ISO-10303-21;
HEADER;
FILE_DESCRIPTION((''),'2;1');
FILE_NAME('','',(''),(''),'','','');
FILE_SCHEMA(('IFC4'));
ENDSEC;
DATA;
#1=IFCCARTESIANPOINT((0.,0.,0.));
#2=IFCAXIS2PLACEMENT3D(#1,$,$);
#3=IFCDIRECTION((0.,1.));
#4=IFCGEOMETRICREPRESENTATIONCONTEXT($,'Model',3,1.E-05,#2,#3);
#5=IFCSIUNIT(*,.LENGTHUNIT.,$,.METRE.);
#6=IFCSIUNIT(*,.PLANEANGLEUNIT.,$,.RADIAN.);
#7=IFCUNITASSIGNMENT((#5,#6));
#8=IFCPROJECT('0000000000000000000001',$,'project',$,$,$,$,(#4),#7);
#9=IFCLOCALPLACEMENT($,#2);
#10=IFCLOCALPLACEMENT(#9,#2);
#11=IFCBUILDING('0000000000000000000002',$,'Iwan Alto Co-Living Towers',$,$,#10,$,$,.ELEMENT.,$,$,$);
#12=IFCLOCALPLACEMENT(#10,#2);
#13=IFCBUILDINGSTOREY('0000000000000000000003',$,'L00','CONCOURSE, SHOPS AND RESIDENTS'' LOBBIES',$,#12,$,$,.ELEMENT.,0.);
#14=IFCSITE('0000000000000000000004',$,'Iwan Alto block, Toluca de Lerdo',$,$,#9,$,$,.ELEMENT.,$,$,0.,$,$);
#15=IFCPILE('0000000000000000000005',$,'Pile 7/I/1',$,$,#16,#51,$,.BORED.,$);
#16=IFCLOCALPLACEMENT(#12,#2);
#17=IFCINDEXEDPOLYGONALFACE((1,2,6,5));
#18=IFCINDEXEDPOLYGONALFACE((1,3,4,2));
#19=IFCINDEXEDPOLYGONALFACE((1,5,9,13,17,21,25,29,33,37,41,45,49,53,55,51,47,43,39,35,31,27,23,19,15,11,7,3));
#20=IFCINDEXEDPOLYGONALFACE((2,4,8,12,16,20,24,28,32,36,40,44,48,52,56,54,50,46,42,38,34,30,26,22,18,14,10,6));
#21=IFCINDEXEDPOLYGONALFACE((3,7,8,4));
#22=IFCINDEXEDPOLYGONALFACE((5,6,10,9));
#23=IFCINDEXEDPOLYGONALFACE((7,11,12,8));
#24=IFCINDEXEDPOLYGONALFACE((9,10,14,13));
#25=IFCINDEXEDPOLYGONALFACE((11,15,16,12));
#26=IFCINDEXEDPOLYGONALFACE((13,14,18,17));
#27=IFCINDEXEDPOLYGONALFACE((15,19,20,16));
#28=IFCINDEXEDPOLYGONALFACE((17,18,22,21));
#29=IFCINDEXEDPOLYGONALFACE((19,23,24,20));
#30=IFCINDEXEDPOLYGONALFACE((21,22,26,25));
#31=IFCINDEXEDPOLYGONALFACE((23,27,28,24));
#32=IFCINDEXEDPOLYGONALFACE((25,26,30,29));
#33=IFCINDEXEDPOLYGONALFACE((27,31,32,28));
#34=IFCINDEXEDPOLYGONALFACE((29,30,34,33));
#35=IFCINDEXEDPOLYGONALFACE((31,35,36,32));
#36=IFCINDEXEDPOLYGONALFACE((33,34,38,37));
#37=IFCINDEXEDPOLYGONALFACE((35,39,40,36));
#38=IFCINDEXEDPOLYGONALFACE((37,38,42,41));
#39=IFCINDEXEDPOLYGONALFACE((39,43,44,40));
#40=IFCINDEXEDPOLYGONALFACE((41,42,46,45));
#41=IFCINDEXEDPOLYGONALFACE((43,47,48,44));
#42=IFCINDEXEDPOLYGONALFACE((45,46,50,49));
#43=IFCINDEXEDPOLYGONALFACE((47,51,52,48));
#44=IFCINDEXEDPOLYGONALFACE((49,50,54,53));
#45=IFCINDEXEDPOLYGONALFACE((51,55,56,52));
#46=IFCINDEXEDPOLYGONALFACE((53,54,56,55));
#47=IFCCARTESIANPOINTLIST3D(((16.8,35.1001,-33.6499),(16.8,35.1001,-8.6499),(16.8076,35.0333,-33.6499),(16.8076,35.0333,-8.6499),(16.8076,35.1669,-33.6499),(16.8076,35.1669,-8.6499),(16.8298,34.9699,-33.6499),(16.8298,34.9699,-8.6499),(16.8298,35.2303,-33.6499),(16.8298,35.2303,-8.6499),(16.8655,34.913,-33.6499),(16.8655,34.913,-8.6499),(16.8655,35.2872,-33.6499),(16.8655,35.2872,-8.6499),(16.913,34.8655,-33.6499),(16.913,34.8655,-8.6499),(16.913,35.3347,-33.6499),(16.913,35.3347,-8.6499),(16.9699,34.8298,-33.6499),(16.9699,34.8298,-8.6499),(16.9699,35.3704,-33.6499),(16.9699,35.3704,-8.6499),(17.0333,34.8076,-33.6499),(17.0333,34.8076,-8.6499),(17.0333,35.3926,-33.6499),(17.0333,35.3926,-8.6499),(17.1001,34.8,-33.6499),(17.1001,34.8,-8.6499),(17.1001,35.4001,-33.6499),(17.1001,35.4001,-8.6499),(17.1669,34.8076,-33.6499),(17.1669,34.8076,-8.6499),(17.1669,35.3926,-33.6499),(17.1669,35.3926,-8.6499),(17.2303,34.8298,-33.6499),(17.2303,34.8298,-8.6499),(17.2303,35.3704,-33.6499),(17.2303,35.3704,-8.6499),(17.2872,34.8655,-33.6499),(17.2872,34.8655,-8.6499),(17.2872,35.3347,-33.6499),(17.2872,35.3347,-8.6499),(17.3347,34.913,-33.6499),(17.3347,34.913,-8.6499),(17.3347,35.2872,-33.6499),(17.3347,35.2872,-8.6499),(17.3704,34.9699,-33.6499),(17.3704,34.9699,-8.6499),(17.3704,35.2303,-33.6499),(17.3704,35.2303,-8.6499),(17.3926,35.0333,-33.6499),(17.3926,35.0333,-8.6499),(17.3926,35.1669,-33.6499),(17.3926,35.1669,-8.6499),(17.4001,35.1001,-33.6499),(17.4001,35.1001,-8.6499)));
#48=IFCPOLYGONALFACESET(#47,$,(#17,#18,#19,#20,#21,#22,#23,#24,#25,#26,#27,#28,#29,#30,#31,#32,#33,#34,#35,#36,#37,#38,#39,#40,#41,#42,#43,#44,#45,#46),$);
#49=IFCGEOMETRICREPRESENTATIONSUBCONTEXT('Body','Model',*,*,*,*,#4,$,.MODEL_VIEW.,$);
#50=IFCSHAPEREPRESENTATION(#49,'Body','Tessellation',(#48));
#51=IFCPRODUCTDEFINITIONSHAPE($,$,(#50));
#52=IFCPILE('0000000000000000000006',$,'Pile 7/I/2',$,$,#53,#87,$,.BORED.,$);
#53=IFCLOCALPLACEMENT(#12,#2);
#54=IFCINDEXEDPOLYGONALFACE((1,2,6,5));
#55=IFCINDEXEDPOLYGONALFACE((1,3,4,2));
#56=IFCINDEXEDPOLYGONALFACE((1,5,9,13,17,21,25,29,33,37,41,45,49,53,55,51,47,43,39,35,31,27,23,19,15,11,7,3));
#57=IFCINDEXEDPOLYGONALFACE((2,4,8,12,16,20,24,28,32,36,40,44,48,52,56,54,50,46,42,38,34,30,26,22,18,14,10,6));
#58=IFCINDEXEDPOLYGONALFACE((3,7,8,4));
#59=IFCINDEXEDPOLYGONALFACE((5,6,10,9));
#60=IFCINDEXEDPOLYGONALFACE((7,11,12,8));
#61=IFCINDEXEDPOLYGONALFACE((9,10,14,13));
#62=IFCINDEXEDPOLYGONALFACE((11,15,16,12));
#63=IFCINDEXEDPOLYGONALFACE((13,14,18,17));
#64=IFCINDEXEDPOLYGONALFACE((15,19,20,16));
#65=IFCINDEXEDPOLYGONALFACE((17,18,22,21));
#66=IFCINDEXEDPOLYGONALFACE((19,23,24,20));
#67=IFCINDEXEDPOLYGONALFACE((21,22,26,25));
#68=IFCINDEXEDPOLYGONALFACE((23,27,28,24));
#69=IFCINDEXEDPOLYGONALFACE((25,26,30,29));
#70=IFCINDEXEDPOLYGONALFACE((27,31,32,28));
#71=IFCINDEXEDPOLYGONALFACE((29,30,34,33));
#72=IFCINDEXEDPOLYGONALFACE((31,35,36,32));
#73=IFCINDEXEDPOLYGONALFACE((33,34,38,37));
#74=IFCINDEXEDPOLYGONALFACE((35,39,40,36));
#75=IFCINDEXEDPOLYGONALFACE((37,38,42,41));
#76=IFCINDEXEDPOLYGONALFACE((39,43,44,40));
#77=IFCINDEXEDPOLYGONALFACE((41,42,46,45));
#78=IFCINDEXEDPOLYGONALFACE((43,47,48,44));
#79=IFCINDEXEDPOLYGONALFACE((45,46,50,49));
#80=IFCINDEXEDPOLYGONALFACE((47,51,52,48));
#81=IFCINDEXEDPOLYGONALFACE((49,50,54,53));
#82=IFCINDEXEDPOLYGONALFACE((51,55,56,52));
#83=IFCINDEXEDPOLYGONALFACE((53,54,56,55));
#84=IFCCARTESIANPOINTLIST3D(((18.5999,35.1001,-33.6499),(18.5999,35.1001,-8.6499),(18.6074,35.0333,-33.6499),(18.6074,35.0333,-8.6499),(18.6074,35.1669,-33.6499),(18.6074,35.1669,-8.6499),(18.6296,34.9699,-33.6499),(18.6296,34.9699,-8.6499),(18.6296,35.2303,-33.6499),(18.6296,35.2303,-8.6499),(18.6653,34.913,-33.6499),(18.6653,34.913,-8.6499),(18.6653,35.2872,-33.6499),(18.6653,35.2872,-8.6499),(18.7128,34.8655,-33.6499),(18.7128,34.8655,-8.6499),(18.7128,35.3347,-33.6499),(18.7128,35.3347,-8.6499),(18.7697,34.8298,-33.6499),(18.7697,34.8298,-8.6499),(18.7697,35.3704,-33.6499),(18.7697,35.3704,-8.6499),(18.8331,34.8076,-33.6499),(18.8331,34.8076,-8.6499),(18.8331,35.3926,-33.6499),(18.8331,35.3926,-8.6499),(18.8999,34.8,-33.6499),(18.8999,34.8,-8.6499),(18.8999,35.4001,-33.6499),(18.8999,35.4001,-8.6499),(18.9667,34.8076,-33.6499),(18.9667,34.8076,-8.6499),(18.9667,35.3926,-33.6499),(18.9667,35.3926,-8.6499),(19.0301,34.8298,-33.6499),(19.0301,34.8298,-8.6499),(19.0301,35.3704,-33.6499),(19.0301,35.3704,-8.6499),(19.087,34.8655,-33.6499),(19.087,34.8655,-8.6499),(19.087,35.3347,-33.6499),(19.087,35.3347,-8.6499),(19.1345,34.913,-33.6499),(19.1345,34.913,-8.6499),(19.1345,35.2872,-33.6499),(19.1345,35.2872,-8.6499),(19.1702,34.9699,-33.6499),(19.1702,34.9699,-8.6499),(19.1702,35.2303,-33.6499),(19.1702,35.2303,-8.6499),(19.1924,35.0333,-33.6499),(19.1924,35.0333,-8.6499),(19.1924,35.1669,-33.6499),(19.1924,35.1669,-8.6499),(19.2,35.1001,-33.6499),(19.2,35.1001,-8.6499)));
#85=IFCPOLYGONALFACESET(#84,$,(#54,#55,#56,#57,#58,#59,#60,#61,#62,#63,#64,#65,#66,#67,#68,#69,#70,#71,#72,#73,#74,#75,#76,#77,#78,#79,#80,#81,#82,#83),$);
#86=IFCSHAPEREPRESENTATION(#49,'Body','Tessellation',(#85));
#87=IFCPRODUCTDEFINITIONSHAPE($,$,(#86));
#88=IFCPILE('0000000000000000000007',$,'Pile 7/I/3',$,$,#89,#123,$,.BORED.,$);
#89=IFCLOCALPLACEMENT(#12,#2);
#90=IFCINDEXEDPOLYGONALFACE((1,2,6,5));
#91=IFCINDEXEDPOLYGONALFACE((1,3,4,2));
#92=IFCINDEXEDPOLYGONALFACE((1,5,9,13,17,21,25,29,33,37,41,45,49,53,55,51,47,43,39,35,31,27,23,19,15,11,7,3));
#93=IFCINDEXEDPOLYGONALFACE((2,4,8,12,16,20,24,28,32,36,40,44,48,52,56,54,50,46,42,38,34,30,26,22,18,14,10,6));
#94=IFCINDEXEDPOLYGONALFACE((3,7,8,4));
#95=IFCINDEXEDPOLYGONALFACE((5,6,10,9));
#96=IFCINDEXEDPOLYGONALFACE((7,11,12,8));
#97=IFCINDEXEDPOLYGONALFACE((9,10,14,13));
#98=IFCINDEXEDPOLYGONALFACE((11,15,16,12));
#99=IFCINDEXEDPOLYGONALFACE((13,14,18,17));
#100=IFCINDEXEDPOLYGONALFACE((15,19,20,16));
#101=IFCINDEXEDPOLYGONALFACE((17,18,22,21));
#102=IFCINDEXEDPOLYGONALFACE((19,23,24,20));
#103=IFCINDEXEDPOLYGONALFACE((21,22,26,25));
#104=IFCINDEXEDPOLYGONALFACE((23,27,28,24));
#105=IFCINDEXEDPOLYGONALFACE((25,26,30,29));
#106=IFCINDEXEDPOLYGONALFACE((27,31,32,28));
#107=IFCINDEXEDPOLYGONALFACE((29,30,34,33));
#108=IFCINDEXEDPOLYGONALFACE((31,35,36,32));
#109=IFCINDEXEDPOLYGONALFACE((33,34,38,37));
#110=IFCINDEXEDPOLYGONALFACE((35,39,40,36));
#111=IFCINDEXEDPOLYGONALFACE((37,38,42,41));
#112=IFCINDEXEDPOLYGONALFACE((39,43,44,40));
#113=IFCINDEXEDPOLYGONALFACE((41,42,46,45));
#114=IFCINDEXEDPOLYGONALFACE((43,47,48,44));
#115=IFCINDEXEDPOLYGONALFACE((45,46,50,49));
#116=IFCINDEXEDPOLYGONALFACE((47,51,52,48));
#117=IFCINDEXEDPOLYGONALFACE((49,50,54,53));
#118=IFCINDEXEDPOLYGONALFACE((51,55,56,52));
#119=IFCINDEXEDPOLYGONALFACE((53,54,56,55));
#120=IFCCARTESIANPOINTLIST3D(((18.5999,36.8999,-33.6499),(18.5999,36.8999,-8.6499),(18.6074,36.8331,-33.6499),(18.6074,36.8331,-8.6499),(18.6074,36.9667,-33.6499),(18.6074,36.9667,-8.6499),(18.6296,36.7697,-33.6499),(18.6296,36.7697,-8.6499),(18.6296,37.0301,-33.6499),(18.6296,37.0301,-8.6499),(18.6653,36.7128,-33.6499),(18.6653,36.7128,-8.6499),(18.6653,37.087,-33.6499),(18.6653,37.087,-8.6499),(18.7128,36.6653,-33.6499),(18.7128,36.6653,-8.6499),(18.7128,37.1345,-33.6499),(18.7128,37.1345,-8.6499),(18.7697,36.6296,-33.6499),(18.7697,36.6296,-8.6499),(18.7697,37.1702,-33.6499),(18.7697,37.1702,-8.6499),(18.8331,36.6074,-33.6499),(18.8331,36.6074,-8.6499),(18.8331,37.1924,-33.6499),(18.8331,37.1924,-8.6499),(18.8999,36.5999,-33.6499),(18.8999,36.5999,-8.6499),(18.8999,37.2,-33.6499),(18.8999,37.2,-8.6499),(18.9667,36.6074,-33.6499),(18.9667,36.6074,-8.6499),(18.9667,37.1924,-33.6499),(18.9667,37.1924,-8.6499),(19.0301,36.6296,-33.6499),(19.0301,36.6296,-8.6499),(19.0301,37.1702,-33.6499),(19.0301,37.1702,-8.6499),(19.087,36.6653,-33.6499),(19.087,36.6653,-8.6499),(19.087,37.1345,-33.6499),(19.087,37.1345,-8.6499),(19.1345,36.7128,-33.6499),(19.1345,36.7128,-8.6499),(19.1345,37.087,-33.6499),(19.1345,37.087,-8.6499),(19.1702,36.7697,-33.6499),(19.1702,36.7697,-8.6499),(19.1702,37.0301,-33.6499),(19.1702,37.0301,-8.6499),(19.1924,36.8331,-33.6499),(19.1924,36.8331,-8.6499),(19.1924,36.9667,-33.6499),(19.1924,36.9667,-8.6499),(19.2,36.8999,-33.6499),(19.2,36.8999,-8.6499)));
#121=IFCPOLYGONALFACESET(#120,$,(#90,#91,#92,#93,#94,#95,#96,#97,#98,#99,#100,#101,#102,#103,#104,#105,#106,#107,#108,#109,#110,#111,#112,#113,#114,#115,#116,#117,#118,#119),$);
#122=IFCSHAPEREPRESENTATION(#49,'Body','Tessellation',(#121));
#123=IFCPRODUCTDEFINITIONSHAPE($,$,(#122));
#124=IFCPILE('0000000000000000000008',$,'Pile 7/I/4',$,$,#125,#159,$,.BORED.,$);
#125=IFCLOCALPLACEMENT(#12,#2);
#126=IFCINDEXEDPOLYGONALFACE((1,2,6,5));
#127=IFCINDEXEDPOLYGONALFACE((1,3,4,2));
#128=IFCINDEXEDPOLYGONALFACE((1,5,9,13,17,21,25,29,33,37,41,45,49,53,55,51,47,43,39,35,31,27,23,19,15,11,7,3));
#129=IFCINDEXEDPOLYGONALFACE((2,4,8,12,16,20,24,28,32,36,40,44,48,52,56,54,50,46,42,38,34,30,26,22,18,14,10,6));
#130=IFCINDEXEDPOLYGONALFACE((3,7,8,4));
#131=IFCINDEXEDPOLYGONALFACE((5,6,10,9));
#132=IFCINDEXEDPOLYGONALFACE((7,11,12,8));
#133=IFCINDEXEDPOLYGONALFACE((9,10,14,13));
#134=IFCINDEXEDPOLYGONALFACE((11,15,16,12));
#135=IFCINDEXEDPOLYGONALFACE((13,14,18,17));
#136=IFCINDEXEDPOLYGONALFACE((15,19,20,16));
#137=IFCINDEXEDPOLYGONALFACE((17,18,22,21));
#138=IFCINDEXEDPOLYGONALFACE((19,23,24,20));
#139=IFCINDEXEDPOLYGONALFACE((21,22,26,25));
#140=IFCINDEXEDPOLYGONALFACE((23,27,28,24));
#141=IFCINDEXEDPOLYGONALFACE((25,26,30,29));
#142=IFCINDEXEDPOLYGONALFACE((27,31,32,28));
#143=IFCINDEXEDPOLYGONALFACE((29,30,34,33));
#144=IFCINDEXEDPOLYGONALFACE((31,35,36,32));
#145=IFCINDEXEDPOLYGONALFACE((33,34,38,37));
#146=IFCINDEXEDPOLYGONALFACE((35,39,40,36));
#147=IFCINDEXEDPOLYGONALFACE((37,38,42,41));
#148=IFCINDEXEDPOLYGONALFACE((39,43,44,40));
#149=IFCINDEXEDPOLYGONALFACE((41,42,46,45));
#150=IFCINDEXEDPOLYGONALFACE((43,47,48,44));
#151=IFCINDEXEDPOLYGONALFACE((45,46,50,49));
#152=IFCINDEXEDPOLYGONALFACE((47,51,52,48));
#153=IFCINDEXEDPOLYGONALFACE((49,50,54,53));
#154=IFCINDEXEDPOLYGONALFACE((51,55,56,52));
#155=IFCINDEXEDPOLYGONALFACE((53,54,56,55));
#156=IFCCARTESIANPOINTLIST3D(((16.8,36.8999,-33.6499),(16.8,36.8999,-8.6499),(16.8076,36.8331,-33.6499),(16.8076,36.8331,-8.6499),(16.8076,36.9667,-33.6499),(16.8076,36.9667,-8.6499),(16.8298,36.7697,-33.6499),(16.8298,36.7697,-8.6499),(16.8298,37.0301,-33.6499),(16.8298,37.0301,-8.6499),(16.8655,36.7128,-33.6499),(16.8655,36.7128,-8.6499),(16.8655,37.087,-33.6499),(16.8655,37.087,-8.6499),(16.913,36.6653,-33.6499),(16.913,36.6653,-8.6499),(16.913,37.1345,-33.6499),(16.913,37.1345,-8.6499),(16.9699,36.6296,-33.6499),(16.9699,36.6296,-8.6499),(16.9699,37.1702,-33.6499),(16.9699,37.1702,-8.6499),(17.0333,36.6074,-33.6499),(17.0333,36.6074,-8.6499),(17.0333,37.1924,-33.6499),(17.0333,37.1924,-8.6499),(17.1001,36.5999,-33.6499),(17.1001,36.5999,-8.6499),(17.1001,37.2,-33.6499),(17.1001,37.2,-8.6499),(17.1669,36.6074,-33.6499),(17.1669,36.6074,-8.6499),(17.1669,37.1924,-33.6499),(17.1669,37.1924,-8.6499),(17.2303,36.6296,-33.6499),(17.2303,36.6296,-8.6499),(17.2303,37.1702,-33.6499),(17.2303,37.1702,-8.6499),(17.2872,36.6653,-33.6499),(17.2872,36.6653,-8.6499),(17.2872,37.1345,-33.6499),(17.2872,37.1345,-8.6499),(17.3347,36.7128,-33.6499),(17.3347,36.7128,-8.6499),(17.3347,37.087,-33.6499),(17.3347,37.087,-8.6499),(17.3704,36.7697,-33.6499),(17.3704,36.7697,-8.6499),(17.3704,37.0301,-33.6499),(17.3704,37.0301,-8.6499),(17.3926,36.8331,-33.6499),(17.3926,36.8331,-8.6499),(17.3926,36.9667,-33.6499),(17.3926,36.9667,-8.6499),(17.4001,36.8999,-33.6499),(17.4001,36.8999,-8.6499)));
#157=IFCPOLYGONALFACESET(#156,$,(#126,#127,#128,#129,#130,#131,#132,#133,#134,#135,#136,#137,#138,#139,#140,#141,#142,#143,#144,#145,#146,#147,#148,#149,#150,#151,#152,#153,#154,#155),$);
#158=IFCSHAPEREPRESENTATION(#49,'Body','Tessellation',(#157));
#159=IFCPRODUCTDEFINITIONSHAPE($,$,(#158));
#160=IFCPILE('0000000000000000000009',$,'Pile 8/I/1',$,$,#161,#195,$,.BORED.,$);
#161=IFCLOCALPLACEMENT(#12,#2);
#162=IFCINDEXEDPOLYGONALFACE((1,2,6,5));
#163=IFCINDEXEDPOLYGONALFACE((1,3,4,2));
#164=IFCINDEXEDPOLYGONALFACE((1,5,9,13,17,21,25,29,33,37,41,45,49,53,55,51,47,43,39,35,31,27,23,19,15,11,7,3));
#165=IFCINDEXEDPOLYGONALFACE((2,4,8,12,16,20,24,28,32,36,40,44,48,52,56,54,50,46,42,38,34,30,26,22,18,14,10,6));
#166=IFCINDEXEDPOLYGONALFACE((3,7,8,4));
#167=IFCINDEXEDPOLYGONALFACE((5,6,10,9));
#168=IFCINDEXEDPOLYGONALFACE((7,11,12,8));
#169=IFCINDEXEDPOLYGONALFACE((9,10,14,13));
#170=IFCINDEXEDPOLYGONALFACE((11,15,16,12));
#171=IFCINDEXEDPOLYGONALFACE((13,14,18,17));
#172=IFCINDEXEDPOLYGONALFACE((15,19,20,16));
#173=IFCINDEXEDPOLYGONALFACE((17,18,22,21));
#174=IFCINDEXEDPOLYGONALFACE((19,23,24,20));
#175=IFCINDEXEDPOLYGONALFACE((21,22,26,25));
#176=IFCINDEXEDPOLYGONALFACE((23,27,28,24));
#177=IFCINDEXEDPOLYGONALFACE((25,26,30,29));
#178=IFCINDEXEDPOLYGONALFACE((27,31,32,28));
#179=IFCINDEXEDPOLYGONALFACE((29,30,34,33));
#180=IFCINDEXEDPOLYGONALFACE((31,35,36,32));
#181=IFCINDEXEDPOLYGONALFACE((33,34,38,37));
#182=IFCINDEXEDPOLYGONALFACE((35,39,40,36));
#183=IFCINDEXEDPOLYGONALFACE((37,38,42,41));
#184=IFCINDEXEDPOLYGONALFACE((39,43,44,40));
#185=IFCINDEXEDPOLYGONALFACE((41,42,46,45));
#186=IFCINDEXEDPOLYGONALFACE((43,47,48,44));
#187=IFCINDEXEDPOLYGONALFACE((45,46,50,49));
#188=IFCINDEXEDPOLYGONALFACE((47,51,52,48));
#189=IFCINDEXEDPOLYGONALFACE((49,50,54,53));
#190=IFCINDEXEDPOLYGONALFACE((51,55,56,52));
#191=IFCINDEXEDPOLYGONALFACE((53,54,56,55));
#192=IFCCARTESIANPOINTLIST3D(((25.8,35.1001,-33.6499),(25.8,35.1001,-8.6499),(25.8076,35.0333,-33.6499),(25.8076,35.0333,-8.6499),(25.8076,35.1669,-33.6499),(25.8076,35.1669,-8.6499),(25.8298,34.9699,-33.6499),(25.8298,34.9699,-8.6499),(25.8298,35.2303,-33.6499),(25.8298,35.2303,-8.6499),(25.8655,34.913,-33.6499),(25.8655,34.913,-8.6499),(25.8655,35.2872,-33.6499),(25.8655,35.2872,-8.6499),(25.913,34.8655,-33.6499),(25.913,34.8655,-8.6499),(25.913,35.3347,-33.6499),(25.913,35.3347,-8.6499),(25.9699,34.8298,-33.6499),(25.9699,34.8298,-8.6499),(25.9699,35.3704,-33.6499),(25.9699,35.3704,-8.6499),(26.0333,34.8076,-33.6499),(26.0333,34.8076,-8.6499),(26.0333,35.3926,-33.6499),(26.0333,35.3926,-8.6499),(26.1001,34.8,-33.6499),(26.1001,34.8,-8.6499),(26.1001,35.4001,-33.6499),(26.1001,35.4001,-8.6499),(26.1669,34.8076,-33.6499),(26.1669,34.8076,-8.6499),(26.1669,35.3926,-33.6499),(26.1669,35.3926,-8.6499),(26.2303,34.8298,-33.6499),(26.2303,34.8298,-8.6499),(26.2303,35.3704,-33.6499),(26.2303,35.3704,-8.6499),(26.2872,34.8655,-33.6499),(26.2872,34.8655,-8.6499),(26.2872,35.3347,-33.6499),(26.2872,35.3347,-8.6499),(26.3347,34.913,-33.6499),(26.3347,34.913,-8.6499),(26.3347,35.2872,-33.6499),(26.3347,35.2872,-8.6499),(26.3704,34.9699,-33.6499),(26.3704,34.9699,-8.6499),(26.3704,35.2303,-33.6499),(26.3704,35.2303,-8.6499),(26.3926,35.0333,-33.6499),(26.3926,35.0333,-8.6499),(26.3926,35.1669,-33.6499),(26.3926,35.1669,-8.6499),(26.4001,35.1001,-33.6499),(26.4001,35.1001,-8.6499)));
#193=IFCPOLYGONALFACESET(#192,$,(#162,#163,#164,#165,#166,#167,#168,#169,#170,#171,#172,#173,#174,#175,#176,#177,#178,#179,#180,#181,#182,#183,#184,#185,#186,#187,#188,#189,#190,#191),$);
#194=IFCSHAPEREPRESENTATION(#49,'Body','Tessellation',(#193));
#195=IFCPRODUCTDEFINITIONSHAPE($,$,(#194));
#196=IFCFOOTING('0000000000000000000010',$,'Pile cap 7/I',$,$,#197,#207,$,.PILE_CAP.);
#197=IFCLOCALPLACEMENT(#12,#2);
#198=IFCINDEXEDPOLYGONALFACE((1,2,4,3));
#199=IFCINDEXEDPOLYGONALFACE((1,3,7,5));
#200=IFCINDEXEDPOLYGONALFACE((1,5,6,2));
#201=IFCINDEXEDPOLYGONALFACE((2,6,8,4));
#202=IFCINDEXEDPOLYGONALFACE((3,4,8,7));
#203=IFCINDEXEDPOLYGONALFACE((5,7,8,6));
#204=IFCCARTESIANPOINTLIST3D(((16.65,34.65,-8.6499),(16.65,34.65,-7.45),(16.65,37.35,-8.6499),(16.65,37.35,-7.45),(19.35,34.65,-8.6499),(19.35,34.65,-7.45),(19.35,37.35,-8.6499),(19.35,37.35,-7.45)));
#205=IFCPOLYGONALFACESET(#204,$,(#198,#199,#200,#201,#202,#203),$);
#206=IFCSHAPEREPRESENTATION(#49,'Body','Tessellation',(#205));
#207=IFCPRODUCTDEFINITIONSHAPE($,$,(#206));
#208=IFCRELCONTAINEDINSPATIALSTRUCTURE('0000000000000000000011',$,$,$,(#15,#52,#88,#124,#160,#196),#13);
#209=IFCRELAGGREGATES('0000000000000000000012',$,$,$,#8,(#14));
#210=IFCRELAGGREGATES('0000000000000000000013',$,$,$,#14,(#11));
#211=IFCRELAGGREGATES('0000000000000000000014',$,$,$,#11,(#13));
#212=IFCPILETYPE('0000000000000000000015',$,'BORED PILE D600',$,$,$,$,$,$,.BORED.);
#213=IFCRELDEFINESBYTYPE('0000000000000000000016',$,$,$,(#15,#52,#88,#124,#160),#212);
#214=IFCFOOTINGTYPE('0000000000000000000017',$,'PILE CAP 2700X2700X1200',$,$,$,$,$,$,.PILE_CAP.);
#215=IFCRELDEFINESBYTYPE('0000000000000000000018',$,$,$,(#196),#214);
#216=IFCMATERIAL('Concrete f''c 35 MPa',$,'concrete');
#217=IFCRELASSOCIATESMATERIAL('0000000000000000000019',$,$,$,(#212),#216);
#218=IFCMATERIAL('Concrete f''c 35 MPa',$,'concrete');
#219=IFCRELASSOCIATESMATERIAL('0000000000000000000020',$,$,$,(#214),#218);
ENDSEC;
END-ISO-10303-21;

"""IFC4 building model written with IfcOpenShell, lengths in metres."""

from ifc_helpers import new_model, si_unit, direction, frame, origin, origin_2d, place, context, subcontext, project, spatial, rectangle, circle, extrude, material, material_profile, profile_set, type_object, element, save


model = new_model("IFC4")

# Units and contexts
model_context = context("Model", 3, precision=1e-05, world=origin(), true_north=direction((0.0, 1.0)))
body_context = subcontext(model_context, "Body", "Model", "MODEL_VIEW")
ifc_project = project(units=[si_unit("LENGTHUNIT", "METRE"), si_unit("PLANEANGLEUNIT", "RADIAN")], contexts=[model_context])

# Site, building, storey
site_placement = place(None, origin())
site = spatial("IfcSite", under=ifc_project, at=site_placement, Name="Iwan Alto block, Toluca de Lerdo", CompositionType="ELEMENT", RefElevation=0.0)
building_placement = place(site_placement, origin())
building = spatial("IfcBuilding", under=site, at=building_placement, Name="Iwan Alto Co-Living Towers", CompositionType="ELEMENT")
storey_placement = place(building_placement, origin())
storey = spatial("IfcBuildingStorey", under=building, at=storey_placement, Name="L00", Description="CONCOURSE, SHOPS AND RESIDENTS' LOBBIES", CompositionType="ELEMENT", Elevation=0.0)

# Piles
ifc_material_1 = material(Name="Concrete f'c 35 MPa", Category="concrete")
ifc_material_profile_1 = material_profile(ifc_material_1, circle(Radius=0.3, at=origin_2d()), Name="D600")
ifc_profile_set_1 = profile_set([ifc_material_profile_1], Name="Concrete f'c 35 MPa")
pile_type = type_object("IfcPileType", Name="BORED PILE D600", PredefinedType="BORED", material=ifc_profile_set_1)
for number, where, z_axis, x_axis, name in (
    (1, (17.1001, 35.1001, -8.6499), (0.0, 0.0, -1.0), (1.0, 0.0, 0.0), "Pile 7/I/1"),
    (2, (18.8999, 35.1001, -8.6499), (0.0, 0.0, -1.0), (1.0, 0.0, 0.0), "Pile 7/I/2"),
    (3, (18.8999, 36.8999, -8.6499), (0.0, 0.0, -1.0), (1.0, 0.0, 0.0), "Pile 7/I/3"),
    (4, (17.1001, 36.8999, -8.6499), (0.0, 0.0, -1.0), (1.0, 0.0, 0.0), "Pile 7/I/4"),
    (5, (26.1001, 35.1001, -8.6499), (0.0, 0.0, -1.0), (1.0, 0.0, 0.0), "Pile 8/I/1"),
):
    element("IfcPile", number, at=place(storey_placement, frame(where, z_axis=z_axis, x_axis=x_axis)), inside=storey, type_object=pile_type, Name=name, PredefinedType="BORED", context=body_context, shape_type="SweptSolid", body=[
        extrude(circle(Radius=0.3, at=origin_2d()), origin(), (0.0, 0.0, 1.0), 25.0),
    ])

# Footing
ifc_material_2 = material(Name="Concrete f'c 35 MPa", Category="concrete")
footing_type = type_object("IfcFootingType", Name="PILE CAP 2700X2700X1200", PredefinedType="PILE_CAP", material=ifc_material_2)
footing_placement = place(storey_placement, frame((18.0, 36.0, -8.6499), z_axis=(0.0, 0.0, 1.0), x_axis=(1.0, 0.0, 0.0)))
element("IfcFooting", 6, at=footing_placement, inside=storey, type_object=footing_type, Name="Pile cap 7/I", PredefinedType="PILE_CAP", context=body_context, shape_type="SweptSolid", body=[
    extrude(rectangle(XDim=2.7, YDim=2.7, at=origin_2d()), origin(), (0.0, 0.0, 1.0), 1.2),
])

save(model, "model.ifc")
